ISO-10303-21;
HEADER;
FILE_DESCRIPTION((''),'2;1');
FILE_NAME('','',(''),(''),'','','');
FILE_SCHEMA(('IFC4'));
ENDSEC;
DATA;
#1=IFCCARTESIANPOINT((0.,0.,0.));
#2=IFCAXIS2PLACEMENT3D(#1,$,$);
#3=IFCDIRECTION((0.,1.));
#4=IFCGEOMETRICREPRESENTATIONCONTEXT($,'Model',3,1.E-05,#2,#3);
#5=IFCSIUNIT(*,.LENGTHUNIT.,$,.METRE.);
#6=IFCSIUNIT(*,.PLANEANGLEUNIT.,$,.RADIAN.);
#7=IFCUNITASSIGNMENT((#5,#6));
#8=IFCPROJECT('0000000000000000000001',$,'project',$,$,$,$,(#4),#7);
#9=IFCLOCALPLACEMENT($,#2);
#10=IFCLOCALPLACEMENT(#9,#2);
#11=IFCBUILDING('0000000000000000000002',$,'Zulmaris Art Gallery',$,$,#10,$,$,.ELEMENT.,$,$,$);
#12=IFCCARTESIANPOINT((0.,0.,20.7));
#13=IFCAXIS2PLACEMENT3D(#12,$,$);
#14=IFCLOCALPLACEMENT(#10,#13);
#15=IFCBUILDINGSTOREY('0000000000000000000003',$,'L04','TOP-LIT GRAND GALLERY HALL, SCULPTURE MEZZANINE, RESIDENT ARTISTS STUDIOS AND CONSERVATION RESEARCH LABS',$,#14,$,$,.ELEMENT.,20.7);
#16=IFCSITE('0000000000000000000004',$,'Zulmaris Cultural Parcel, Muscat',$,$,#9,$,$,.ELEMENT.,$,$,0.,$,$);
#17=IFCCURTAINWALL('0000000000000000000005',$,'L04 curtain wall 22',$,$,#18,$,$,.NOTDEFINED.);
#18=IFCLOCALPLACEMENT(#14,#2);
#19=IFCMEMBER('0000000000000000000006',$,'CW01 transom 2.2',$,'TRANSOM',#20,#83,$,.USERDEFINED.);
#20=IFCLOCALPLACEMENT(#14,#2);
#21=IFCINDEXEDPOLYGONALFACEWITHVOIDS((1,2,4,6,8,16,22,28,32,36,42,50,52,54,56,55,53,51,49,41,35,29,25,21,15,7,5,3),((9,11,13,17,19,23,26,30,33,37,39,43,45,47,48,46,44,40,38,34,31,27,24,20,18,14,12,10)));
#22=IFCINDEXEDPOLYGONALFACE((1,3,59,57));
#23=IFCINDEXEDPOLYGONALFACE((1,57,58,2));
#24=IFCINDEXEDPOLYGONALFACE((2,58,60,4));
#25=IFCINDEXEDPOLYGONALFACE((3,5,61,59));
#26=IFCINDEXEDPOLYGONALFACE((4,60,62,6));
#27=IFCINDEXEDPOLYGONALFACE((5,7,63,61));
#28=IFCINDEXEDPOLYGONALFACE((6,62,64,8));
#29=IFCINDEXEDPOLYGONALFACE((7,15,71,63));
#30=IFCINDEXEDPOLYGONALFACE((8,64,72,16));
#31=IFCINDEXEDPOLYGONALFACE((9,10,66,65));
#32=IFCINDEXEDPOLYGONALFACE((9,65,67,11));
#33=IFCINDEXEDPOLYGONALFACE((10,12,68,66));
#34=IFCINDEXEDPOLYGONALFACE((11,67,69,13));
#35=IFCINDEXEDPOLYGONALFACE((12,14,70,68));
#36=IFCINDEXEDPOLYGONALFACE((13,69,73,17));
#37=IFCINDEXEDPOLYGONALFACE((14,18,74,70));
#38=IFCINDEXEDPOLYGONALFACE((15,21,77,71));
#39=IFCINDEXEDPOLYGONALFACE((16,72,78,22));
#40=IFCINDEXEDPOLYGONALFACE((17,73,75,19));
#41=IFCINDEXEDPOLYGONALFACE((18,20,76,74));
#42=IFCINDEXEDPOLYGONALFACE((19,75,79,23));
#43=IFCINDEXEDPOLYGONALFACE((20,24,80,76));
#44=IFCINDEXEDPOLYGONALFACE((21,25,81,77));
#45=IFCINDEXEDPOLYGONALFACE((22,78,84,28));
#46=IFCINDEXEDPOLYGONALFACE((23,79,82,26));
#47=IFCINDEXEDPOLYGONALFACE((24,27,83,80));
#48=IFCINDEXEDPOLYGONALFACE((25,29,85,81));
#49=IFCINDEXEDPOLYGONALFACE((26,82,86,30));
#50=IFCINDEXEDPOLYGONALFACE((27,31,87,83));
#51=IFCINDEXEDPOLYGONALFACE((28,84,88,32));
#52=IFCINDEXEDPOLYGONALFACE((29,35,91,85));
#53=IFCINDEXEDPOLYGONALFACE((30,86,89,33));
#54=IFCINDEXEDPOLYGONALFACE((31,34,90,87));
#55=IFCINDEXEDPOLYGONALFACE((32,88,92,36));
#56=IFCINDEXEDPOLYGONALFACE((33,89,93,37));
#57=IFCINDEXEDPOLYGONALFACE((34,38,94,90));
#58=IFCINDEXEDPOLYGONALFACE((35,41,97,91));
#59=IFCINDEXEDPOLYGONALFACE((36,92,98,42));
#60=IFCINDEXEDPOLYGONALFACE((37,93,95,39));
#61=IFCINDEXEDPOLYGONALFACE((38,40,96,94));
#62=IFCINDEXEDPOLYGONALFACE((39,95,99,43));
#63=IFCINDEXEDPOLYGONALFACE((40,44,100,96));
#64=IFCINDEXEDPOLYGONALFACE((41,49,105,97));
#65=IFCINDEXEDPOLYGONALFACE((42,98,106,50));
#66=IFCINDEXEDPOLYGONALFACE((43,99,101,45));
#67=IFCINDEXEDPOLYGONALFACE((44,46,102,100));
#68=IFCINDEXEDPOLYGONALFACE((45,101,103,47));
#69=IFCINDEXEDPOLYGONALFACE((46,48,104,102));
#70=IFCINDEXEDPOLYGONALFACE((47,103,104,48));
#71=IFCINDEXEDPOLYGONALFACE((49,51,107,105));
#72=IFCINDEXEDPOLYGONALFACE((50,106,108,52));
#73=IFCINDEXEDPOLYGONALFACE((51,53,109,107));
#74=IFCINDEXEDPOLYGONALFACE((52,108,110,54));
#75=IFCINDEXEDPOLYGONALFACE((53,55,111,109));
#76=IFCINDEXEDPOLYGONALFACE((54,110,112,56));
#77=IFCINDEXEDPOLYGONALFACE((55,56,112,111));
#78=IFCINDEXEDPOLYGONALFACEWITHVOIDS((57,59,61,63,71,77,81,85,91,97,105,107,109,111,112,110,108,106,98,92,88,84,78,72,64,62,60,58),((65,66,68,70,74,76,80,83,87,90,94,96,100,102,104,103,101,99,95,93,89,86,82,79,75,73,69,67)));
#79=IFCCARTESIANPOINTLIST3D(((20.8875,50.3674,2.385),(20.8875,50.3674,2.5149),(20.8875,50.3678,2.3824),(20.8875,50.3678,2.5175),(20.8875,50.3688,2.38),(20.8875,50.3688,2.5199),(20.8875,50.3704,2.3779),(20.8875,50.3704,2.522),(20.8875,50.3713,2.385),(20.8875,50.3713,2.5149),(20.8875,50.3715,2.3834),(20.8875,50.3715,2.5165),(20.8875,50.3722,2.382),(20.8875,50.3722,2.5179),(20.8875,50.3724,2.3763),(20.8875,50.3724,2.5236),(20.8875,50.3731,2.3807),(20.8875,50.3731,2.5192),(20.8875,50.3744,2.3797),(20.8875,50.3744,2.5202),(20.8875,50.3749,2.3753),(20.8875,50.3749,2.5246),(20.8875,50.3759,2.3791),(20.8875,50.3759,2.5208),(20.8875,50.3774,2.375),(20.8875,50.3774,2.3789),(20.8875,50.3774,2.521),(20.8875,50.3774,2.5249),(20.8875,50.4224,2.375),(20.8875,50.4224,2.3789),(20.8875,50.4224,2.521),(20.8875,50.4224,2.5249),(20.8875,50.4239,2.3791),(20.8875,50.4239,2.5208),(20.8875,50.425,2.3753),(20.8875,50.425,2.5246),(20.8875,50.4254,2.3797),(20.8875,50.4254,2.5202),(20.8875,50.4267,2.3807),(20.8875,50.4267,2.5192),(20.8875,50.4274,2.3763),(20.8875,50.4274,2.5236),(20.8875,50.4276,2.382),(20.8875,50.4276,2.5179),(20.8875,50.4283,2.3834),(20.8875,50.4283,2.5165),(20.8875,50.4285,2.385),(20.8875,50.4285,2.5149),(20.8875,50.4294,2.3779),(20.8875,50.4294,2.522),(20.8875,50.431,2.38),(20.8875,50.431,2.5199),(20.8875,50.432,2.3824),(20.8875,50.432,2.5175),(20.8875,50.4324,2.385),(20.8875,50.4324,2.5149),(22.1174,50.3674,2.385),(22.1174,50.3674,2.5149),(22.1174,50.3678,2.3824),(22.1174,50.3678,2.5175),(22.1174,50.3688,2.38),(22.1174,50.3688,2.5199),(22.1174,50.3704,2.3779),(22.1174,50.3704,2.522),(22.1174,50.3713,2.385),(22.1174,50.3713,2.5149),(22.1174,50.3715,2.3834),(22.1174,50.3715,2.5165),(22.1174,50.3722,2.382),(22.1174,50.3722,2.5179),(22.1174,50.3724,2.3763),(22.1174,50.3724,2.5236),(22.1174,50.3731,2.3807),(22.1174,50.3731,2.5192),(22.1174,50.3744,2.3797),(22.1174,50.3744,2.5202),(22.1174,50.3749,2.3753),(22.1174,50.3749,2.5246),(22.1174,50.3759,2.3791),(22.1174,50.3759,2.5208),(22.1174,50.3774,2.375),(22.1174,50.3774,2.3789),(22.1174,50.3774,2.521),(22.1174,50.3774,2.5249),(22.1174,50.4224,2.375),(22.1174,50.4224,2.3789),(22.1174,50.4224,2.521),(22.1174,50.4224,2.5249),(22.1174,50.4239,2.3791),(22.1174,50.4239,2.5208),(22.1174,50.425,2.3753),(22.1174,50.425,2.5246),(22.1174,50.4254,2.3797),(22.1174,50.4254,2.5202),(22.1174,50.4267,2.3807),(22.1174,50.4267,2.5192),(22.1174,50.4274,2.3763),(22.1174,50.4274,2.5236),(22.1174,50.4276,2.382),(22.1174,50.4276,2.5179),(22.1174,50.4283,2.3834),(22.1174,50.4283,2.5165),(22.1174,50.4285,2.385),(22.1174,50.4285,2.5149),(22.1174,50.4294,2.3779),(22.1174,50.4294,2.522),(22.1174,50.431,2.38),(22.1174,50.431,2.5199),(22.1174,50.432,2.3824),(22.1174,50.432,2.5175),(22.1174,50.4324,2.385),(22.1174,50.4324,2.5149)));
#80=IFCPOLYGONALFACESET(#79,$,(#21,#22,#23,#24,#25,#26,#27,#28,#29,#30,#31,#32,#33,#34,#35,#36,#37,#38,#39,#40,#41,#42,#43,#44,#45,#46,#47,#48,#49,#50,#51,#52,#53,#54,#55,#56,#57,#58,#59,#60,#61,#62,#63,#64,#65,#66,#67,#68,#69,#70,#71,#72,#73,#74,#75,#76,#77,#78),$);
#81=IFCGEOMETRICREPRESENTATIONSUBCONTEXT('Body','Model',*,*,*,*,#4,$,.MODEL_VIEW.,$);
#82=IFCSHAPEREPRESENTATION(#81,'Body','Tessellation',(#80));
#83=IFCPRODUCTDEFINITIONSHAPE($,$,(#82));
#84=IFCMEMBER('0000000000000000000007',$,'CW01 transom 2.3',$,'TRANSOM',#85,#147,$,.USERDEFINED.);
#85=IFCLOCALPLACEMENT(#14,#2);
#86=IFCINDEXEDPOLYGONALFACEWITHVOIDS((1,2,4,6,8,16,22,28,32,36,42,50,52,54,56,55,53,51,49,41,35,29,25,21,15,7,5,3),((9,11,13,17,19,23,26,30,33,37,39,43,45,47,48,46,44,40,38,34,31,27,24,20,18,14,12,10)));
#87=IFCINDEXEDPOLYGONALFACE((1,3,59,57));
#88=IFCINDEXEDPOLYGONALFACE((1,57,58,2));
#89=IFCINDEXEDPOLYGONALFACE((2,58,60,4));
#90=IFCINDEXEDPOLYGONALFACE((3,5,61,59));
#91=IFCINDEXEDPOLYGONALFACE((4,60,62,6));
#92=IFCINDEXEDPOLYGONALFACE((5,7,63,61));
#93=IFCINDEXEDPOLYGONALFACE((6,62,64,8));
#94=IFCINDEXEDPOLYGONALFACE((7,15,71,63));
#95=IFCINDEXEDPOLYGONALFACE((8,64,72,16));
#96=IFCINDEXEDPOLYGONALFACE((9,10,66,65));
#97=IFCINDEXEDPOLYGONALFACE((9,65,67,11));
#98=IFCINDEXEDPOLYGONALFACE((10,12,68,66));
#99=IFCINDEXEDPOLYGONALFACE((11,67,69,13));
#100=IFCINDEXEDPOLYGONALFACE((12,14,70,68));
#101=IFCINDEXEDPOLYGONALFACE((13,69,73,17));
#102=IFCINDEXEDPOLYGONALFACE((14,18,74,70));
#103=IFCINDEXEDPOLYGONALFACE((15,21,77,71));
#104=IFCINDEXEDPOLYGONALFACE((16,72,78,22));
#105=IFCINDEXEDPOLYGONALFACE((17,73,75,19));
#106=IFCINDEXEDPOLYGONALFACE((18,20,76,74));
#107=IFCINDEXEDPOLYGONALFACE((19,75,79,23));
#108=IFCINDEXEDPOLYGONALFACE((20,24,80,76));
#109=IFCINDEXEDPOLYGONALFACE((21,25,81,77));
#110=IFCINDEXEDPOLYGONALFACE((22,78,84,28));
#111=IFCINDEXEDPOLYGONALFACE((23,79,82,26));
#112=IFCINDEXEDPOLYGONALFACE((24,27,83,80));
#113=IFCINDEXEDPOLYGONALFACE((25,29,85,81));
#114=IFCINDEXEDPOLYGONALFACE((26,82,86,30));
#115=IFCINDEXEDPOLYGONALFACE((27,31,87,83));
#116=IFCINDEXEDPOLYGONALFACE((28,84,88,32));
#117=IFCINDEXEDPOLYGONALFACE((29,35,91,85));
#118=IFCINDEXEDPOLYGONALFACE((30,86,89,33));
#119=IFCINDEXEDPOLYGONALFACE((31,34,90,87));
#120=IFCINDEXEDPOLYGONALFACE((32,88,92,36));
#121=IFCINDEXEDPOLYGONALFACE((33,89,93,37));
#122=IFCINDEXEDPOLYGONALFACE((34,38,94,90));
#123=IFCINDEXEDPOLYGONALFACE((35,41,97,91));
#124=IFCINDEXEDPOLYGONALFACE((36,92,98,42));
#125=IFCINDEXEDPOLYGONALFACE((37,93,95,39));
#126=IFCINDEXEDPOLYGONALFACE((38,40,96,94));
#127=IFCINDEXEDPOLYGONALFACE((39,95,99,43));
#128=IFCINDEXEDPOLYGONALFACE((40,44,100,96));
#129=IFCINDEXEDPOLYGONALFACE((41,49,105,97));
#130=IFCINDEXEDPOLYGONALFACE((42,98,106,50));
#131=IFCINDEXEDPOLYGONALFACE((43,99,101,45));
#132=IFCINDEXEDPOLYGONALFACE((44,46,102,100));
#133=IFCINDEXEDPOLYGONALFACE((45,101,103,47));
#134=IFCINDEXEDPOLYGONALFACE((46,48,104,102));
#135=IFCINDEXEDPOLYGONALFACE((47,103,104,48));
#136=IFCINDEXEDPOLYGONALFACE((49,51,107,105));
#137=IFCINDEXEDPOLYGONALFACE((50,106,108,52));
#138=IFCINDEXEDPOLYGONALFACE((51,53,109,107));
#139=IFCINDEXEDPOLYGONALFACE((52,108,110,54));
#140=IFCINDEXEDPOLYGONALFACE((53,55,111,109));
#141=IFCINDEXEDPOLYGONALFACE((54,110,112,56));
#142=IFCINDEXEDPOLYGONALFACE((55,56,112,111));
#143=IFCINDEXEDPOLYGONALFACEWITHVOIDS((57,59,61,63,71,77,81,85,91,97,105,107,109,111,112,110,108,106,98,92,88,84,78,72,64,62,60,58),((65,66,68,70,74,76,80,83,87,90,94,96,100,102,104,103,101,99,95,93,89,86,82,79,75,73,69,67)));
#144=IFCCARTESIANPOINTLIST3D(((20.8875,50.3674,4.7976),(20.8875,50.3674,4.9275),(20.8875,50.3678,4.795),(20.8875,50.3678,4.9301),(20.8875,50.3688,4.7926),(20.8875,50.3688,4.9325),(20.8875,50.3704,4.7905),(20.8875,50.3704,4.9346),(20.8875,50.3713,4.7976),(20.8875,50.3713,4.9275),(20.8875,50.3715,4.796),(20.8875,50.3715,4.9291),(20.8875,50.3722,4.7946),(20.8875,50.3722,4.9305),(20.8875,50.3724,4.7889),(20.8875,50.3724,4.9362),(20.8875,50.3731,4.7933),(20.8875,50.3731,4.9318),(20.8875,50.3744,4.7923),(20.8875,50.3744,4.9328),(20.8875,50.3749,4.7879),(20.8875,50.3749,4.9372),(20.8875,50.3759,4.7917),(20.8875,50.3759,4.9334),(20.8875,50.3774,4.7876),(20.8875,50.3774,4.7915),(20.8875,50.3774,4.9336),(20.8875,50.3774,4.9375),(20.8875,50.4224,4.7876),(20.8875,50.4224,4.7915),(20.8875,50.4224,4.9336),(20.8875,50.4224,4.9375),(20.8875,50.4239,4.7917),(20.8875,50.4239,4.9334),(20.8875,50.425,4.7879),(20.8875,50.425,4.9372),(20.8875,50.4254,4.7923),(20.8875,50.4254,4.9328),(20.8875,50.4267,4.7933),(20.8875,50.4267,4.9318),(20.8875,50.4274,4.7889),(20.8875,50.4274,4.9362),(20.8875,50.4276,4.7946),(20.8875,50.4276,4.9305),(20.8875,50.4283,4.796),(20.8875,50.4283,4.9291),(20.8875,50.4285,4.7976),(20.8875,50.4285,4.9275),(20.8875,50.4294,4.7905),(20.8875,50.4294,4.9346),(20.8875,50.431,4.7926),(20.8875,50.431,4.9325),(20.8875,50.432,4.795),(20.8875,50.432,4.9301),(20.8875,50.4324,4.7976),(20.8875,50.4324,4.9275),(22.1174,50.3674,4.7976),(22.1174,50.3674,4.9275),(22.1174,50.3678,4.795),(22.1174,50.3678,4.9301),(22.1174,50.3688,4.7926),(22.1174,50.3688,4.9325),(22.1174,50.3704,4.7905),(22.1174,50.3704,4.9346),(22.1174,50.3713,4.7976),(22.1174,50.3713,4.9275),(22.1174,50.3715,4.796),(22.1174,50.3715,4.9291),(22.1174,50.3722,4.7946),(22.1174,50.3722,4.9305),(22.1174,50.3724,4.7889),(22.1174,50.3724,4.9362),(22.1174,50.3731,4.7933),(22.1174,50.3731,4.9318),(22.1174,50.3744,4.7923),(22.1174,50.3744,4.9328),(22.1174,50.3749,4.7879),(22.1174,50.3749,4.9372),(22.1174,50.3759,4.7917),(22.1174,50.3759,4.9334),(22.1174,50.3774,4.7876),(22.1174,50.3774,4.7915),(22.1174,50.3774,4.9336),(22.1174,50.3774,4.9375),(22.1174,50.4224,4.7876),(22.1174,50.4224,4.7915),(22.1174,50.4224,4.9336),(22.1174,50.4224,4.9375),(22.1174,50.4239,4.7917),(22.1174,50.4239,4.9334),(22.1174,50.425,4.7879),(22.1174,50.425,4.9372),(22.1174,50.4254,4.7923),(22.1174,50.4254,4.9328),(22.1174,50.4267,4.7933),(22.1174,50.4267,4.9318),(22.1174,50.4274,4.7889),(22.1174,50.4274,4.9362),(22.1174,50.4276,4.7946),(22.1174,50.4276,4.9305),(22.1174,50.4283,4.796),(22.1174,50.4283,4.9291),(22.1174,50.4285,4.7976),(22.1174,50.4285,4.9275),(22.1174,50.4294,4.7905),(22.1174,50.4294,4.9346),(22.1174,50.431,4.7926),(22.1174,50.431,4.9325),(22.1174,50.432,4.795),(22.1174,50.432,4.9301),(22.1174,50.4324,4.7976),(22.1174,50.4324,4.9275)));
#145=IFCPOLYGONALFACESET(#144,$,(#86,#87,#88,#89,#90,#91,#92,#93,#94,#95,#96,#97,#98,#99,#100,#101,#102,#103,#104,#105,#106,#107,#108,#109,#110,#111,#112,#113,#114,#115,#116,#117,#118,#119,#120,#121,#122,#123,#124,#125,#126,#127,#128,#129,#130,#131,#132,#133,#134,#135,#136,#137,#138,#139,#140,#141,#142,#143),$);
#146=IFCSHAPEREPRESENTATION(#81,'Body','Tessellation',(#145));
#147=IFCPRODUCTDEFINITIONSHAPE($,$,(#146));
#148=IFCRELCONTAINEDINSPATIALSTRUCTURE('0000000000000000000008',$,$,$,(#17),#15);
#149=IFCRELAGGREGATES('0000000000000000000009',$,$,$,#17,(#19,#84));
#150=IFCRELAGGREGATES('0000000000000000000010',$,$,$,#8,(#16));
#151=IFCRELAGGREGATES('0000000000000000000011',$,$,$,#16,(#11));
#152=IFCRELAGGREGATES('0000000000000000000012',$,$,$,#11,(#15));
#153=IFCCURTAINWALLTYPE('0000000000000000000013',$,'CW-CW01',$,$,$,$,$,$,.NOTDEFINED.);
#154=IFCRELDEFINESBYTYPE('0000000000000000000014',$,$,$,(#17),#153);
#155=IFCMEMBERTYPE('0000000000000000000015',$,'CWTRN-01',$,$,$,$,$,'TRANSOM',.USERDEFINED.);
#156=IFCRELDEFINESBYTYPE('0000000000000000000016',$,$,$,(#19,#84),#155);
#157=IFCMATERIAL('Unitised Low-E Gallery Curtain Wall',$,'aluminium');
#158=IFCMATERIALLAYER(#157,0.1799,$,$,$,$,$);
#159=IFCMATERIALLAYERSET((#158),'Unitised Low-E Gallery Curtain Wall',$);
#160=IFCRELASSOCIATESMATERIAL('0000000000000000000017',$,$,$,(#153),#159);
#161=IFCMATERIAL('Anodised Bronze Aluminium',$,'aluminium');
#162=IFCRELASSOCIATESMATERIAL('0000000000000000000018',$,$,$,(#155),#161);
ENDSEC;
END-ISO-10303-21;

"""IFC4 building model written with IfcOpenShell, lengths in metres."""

from ifc_helpers import new_model, si_unit, direction, frame, origin, origin_2d, place, context, subcontext, project, spatial, hollow_rectangle, extrude, material, layer, layer_set, material_profile, profile_set, type_object, element, aggregate, save


model = new_model("IFC4")

# Units and contexts
model_context = context("Model", 3, precision=1e-05, world=origin(), true_north=direction((0.0, 1.0)))
body_context = subcontext(model_context, "Body", "Model", "MODEL_VIEW")
ifc_project = project(units=[si_unit("LENGTHUNIT", "METRE"), si_unit("PLANEANGLEUNIT", "RADIAN")], contexts=[model_context])

# Site, building, storey
site_placement = place(None, origin())
site = spatial("IfcSite", under=ifc_project, at=site_placement, Name="Zulmaris Cultural Parcel, Muscat", CompositionType="ELEMENT", RefElevation=0.0)
building_placement = place(site_placement, origin())
building = spatial("IfcBuilding", under=site, at=building_placement, Name="Zulmaris Art Gallery", CompositionType="ELEMENT")
storey_placement = place(building_placement, frame((0.0, 0.0, 20.7)))
storey = spatial("IfcBuildingStorey", under=building, at=storey_placement, Name="L04", Description="TOP-LIT GRAND GALLERY HALL, SCULPTURE MEZZANINE, RESIDENT ARTISTS STUDIOS AND CONSERVATION RESEARCH LABS", CompositionType="ELEMENT", Elevation=20.7)

# Curtain wall, members
ifc_material_1 = material(Name="Unitised Low-E Gallery Curtain Wall", Category="aluminium")
ifc_layer_1 = layer(ifc_material_1, 0.1799)
ifc_layer_set_1 = layer_set([ifc_layer_1], Name="Unitised Low-E Gallery Curtain Wall")
curtain_wall_type = type_object("IfcCurtainWallType", Name="CW-CW01", PredefinedType="NOTDEFINED", material=ifc_layer_set_1)
curtain_wall_placement = place(storey_placement, origin())
curtain_wall = element("IfcCurtainWall", 1, at=curtain_wall_placement, inside=storey, type_object=curtain_wall_type, Name="L04 curtain wall 22", PredefinedType="NOTDEFINED")
ifc_material_2 = material(Name="Anodised Bronze Aluminium", Category="aluminium")
ifc_material_profile_1 = material_profile(ifc_material_2, hollow_rectangle(XDim=0.0649, YDim=0.1499, WallThickness=0.0039, InnerFilletRadius=0.0061, OuterFilletRadius=0.01, at=origin_2d()), Name="ALU 65x150x4")
ifc_profile_set_1 = profile_set([ifc_material_profile_1], Name="Anodised Bronze Aluminium")
member_type_1 = type_object("IfcMemberType", Name="CWTRN-01", ElementType="TRANSOM", PredefinedType="USERDEFINED", material=ifc_profile_set_1)
member_1_placement = place(storey_placement, frame((22.1174, 50.3999, 2.45), z_axis=(-1.0, 0.0, 0.0), x_axis=(0.0, -1.0, 0.0)))
member_1 = element("IfcMember", 2, at=member_1_placement, type_object=member_type_1, Name="CW01 transom 2.2", ObjectType="TRANSOM", PredefinedType="USERDEFINED", context=body_context, shape_type="SweptSolid", body=[
    extrude(hollow_rectangle(XDim=0.0649, YDim=0.1499, WallThickness=0.0039, InnerFilletRadius=0.0061, OuterFilletRadius=0.01, at=origin_2d()), origin(), (0.0, 0.0, 1.0), 1.23),
])
member_2_placement = place(storey_placement, frame((22.1174, 50.3999, 4.8625), z_axis=(-1.0, 0.0, 0.0), x_axis=(0.0, -1.0, 0.0)))
member_2 = element("IfcMember", 3, at=member_2_placement, type_object=member_type_1, Name="CW01 transom 2.3", ObjectType="TRANSOM", PredefinedType="USERDEFINED", context=body_context, shape_type="SweptSolid", body=[
    extrude(hollow_rectangle(XDim=0.0649, YDim=0.1499, WallThickness=0.0039, InnerFilletRadius=0.0061, OuterFilletRadius=0.01, at=origin_2d()), origin(), (0.0, 0.0, 1.0), 1.23),
])

aggregate(curtain_wall, [member_1, member_2])

save(model, "model.ifc")
